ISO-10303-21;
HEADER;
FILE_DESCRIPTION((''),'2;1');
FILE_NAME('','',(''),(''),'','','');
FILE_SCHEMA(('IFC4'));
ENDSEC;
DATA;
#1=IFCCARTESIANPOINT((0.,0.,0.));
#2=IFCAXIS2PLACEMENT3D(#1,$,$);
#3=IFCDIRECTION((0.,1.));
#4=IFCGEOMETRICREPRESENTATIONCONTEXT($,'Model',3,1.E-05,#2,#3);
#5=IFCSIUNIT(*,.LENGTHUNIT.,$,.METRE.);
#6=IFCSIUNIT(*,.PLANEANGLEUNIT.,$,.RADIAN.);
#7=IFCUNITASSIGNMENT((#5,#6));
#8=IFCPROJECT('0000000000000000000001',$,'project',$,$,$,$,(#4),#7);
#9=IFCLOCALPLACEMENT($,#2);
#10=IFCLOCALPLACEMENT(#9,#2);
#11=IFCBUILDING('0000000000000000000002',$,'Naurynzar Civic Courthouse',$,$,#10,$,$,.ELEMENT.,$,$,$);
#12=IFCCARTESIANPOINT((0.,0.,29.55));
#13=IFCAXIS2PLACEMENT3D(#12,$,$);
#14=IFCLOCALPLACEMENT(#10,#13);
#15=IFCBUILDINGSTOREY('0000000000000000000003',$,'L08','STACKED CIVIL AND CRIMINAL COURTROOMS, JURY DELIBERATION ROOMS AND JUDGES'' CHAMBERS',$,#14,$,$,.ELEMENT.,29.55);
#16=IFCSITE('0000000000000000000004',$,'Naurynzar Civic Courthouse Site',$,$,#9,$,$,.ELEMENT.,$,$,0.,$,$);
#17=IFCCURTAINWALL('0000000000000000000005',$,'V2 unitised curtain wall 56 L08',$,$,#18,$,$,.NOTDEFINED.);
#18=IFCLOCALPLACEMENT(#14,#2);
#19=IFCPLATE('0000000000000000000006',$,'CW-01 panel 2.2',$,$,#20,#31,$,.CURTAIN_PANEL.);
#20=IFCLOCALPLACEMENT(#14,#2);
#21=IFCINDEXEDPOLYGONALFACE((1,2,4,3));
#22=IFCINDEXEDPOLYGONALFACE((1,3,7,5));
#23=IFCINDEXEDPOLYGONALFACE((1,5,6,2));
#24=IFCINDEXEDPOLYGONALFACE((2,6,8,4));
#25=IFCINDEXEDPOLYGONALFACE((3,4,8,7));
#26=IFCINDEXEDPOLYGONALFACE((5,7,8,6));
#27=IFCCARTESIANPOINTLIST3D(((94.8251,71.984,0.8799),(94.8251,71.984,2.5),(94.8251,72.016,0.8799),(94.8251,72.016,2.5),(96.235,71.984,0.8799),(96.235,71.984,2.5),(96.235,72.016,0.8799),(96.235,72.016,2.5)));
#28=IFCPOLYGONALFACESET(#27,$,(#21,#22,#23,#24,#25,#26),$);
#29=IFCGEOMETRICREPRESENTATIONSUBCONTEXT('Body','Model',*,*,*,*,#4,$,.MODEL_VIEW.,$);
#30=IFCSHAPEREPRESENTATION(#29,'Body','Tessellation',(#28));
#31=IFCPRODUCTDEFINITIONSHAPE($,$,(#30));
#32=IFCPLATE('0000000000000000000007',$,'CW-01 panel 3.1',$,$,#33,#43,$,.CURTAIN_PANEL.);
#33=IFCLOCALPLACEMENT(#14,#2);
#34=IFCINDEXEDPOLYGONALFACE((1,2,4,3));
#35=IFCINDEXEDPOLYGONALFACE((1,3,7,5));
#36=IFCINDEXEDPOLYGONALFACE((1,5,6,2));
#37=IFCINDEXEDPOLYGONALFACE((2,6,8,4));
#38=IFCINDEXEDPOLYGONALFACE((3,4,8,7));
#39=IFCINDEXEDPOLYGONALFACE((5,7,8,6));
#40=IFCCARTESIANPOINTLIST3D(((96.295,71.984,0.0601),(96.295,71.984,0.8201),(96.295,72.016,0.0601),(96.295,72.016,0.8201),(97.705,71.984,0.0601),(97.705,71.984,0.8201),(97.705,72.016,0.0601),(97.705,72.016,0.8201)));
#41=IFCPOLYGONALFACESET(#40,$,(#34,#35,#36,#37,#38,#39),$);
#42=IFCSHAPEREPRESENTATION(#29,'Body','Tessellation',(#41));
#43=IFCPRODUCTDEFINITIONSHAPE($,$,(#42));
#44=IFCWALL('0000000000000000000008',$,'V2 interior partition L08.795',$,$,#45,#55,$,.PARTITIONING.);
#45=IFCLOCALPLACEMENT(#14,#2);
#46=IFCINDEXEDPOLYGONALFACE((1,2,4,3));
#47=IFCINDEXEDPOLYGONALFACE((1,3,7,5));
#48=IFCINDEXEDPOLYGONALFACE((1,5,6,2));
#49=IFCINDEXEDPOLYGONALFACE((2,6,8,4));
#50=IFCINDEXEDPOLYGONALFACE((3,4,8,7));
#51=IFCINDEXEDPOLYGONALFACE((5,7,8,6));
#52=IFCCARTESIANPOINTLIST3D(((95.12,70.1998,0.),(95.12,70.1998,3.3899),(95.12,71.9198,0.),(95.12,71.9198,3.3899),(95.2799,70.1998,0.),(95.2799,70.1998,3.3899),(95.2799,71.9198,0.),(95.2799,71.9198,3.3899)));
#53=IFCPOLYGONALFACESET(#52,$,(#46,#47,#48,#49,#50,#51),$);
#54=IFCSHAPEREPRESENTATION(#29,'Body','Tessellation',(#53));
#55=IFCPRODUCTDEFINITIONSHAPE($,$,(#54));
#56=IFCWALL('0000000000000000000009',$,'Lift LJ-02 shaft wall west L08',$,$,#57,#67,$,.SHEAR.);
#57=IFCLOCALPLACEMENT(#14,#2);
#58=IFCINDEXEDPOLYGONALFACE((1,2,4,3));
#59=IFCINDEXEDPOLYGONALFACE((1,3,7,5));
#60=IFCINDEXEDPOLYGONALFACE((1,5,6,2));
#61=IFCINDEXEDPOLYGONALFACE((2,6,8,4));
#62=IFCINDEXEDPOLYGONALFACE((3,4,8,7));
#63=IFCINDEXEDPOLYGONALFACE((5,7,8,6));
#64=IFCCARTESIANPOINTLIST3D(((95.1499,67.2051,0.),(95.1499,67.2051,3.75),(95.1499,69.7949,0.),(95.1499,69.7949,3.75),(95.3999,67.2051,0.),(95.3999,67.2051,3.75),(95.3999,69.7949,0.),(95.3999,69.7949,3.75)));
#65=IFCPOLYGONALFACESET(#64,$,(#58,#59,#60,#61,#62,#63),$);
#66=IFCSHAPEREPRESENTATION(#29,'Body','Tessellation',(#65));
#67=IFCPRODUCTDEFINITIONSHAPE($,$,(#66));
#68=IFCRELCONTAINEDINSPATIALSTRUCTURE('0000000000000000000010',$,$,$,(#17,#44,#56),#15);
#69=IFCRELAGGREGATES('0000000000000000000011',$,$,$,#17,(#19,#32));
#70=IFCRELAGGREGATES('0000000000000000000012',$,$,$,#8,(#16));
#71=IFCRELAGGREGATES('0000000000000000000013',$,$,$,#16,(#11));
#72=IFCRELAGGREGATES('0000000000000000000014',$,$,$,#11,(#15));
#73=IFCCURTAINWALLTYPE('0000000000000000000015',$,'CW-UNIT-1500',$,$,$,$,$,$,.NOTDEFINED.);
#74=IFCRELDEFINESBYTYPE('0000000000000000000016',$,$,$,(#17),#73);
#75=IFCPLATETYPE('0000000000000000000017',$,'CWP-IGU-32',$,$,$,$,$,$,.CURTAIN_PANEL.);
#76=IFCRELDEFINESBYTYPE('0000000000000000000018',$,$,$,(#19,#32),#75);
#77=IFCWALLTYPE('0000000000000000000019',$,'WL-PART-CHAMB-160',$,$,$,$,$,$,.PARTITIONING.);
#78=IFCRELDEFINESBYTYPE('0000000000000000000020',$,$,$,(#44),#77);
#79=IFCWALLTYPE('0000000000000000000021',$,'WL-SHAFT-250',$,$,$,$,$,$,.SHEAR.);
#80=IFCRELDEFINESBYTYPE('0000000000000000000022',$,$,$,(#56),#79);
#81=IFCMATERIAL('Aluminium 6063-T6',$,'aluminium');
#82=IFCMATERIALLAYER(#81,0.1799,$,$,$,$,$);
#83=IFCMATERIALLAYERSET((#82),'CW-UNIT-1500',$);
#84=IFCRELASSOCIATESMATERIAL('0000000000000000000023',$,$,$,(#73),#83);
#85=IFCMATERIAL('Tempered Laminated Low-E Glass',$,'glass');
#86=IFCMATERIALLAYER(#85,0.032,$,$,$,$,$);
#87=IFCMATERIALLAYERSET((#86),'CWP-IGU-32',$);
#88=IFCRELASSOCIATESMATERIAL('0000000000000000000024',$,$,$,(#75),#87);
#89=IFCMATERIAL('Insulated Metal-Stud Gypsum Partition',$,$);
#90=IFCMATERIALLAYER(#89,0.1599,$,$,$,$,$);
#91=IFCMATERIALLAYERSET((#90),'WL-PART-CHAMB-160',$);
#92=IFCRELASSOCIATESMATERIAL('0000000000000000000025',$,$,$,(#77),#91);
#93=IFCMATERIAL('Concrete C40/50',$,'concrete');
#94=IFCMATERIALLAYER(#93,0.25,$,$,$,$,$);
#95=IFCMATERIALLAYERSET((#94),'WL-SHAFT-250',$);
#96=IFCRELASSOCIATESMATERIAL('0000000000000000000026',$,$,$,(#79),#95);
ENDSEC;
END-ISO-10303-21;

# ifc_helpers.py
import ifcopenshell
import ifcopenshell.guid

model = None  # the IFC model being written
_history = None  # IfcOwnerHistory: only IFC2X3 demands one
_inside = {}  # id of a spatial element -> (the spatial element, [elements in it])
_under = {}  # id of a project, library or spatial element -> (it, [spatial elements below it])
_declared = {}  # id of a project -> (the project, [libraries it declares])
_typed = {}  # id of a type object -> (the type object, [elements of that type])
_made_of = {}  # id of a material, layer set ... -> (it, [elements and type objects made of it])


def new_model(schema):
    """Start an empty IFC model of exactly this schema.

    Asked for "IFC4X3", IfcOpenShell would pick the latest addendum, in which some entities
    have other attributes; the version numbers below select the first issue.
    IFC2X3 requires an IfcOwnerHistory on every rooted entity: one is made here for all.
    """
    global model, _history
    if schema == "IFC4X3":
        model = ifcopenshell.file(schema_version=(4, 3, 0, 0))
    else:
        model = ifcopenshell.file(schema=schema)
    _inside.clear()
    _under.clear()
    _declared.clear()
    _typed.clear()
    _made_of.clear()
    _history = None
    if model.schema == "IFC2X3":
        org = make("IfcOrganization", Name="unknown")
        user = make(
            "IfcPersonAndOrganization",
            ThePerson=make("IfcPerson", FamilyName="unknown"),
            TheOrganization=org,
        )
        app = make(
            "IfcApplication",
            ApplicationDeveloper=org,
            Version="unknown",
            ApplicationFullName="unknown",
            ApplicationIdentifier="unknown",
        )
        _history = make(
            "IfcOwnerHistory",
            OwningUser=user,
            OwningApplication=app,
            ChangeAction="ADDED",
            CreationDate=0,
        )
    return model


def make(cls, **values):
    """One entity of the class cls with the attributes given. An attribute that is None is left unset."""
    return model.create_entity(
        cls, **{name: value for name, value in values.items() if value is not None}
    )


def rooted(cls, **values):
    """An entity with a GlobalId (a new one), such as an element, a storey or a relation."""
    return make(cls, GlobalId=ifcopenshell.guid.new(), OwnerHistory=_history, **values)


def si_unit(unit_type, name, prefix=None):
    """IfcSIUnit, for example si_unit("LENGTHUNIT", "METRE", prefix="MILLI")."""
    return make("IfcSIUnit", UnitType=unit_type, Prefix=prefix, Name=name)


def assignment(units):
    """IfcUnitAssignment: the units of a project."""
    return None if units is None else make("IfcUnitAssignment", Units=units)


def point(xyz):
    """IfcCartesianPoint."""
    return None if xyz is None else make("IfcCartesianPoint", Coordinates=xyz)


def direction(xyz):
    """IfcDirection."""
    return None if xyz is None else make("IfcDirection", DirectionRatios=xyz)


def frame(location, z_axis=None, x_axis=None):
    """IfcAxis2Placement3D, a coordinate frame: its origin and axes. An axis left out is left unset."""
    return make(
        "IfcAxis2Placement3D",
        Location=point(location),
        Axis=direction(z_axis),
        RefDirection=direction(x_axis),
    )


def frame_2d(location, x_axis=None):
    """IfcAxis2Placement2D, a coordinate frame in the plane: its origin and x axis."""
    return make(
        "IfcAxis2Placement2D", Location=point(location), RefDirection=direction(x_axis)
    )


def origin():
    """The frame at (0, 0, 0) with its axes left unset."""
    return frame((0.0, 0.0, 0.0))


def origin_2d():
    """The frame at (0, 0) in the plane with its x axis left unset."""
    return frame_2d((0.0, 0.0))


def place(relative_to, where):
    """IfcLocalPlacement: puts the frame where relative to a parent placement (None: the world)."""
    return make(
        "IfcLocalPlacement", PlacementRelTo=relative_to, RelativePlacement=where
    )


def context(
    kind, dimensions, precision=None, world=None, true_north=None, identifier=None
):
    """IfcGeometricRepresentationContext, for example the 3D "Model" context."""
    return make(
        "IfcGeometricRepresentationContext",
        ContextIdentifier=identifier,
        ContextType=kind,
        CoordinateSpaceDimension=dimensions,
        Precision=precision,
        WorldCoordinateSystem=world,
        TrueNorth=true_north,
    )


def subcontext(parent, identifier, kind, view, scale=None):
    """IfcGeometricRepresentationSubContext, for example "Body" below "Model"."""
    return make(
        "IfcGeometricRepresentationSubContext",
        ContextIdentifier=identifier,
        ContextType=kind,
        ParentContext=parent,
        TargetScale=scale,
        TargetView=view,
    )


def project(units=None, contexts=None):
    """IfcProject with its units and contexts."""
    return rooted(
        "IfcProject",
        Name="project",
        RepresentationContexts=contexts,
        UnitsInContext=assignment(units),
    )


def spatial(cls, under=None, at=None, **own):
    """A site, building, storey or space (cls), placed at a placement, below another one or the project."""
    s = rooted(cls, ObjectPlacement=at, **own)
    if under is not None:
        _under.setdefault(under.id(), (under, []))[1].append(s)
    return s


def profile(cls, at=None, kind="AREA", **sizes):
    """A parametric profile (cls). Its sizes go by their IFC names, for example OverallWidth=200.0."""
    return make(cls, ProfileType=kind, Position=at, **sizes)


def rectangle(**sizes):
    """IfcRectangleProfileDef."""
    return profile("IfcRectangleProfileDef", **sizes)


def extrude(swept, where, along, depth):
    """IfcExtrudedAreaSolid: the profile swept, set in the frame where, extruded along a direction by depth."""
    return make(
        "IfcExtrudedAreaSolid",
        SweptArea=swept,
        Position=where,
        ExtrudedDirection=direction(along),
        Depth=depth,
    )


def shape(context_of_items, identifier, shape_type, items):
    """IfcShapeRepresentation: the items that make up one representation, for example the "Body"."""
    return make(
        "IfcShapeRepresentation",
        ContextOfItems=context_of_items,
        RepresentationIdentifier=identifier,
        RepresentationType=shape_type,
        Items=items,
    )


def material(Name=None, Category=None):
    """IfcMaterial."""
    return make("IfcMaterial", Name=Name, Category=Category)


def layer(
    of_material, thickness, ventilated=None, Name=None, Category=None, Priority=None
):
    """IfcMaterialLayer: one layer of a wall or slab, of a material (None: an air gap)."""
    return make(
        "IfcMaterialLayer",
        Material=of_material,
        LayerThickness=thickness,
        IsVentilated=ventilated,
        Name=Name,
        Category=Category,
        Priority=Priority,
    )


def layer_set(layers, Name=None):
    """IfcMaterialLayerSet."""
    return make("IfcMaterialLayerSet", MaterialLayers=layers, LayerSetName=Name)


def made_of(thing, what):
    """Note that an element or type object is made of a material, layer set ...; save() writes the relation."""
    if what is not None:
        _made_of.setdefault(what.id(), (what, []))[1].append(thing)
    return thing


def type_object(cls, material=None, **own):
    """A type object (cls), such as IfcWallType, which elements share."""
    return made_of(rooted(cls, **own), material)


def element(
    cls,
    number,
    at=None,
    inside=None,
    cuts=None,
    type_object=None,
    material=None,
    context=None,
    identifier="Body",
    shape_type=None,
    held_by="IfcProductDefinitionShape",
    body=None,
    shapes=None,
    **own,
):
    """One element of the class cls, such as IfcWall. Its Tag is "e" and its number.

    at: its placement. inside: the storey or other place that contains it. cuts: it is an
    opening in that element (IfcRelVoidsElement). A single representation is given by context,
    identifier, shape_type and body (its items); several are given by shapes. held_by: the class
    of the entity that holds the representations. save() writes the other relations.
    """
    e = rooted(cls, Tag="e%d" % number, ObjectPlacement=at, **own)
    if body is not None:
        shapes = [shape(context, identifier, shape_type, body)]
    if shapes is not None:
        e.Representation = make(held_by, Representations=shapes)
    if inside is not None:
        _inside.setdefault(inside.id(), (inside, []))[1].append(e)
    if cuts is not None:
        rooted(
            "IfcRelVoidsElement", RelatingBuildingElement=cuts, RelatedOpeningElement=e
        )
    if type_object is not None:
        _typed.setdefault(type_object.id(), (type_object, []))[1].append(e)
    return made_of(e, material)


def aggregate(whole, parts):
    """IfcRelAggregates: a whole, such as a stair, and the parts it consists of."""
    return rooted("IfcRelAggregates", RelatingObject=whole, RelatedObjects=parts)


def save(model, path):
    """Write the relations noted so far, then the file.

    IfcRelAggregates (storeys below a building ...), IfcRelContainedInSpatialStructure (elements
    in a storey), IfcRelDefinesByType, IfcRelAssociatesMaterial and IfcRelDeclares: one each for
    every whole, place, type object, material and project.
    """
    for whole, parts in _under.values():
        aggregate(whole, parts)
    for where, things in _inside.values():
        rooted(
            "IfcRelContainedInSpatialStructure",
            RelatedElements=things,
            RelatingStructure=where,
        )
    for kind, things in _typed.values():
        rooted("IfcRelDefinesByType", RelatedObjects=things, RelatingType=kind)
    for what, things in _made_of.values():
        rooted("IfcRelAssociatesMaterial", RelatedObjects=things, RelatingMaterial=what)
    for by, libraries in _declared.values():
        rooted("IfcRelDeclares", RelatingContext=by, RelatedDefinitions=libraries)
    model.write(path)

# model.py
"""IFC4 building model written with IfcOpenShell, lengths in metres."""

from ifc_helpers import new_model, si_unit, direction, frame, frame_2d, origin, origin_2d, place, context, subcontext, project, spatial, rectangle, extrude, material, layer, layer_set, type_object, element, aggregate, save


model = new_model("IFC4")

# Units and contexts
model_context = context("Model", 3, precision=1e-05, world=origin(), true_north=direction((0.0, 1.0)))
body_context = subcontext(model_context, "Body", "Model", "MODEL_VIEW")
ifc_project = project(units=[si_unit("LENGTHUNIT", "METRE"), si_unit("PLANEANGLEUNIT", "RADIAN")], contexts=[model_context])

# Site, building, storey
site_placement = place(None, origin())
site = spatial("IfcSite", under=ifc_project, at=site_placement, Name="Naurynzar Civic Courthouse Site", CompositionType="ELEMENT", RefElevation=0.0)
building_placement = place(site_placement, origin())
building = spatial("IfcBuilding", under=site, at=building_placement, Name="Naurynzar Civic Courthouse", CompositionType="ELEMENT")
storey_placement = place(building_placement, frame((0.0, 0.0, 29.55)))
storey = spatial("IfcBuildingStorey", under=building, at=storey_placement, Name="L08", Description="STACKED CIVIL AND CRIMINAL COURTROOMS, JURY DELIBERATION ROOMS AND JUDGES' CHAMBERS", CompositionType="ELEMENT", Elevation=29.55)

# Curtain wall, plates
ifc_material_1 = material(Name="Aluminium 6063-T6", Category="aluminium")
ifc_layer_1 = layer(ifc_material_1, 0.1799)
ifc_layer_set_1 = layer_set([ifc_layer_1], Name="CW-UNIT-1500")
curtain_wall_type = type_object("IfcCurtainWallType", Name="CW-UNIT-1500", PredefinedType="NOTDEFINED", material=ifc_layer_set_1)
curtain_wall_placement = place(storey_placement, origin())
curtain_wall = element("IfcCurtainWall", 1, at=curtain_wall_placement, inside=storey, type_object=curtain_wall_type, Name="V2 unitised curtain wall 56 L08", PredefinedType="NOTDEFINED")
ifc_material_2 = material(Name="Tempered Laminated Low-E Glass", Category="glass")
ifc_layer_2 = layer(ifc_material_2, 0.032)
ifc_layer_set_2 = layer_set([ifc_layer_2], Name="CWP-IGU-32")
plate_type = type_object("IfcPlateType", Name="CWP-IGU-32", PredefinedType="CURTAIN_PANEL", material=ifc_layer_set_2)
plate_1_placement = place(storey_placement, frame((95.53, 72.0, 0.8799), z_axis=(0.0, 0.0, 1.0), x_axis=(1.0, 0.0, 0.0)))
plate_1 = element("IfcPlate", 2, at=plate_1_placement, type_object=plate_type, Name="CW-01 panel 2.2", PredefinedType="CURTAIN_PANEL", context=body_context, shape_type="SweptSolid", body=[
    extrude(rectangle(XDim=1.4099, YDim=0.032, at=origin_2d()), origin(), (0.0, 0.0, 1.0), 1.6201),
])
plate_2_placement = place(storey_placement, frame((97.0, 72.0, 0.0601), z_axis=(0.0, 0.0, 1.0), x_axis=(1.0, 0.0, 0.0)))
plate_2 = element("IfcPlate", 3, at=plate_2_placement, type_object=plate_type, Name="CW-01 panel 3.1", PredefinedType="CURTAIN_PANEL", context=body_context, shape_type="SweptSolid", body=[
    extrude(rectangle(XDim=1.4099, YDim=0.032, at=origin_2d()), origin(), (0.0, 0.0, 1.0), 0.76),
])
aggregate(curtain_wall, [plate_1, plate_2])

# Wall
ifc_material_3 = material(Name="Insulated Metal-Stud Gypsum Partition")
ifc_layer_3 = layer(ifc_material_3, 0.1599)
ifc_layer_set_3 = layer_set([ifc_layer_3], Name="WL-PART-CHAMB-160")
wall_type_1 = type_object("IfcWallType", Name="WL-PART-CHAMB-160", PredefinedType="PARTITIONING", material=ifc_layer_set_3)
wall_1_placement = place(storey_placement, frame((95.2, 70.2, 0.0), z_axis=(0.0, 0.0, 1.0), x_axis=(0.0, 1.0, 0.0)))
element("IfcWall", 4, at=wall_1_placement, inside=storey, type_object=wall_type_1, Name="V2 interior partition L08.795", PredefinedType="PARTITIONING", context=body_context, shape_type="SweptSolid", body=[
    extrude(rectangle(XDim=1.72, YDim=0.1599, at=frame_2d((0.8599, 0.0))), origin(), (0.0, 0.0, 1.0), 3.3899),
])

# Shared definitions
ifc_material_4 = material(Name="Concrete C40/50", Category="concrete")
ifc_layer_4 = layer(ifc_material_4, 0.25)
ifc_layer_set_4 = layer_set([ifc_layer_4], Name="WL-SHAFT-250")
wall_type_2 = type_object("IfcWallType", Name="WL-SHAFT-250", PredefinedType="SHEAR", material=ifc_layer_set_4)

# Wall
wall_2_placement = place(storey_placement, frame((95.2749, 69.7949, 0.0), z_axis=(0.0, 0.0, 1.0), x_axis=(0.0, -1.0, 0.0)))
element("IfcWall", 5, at=wall_2_placement, inside=storey, type_object=wall_type_2, Name="Lift LJ-02 shaft wall west L08", PredefinedType="SHEAR", context=body_context, shape_type="SweptSolid", body=[
    extrude(rectangle(XDim=2.5898, YDim=0.25, at=frame_2d((1.2949, 0.0))), origin(), (0.0, 0.0, 1.0), 3.75),
])

save(model, "model.ifc")
